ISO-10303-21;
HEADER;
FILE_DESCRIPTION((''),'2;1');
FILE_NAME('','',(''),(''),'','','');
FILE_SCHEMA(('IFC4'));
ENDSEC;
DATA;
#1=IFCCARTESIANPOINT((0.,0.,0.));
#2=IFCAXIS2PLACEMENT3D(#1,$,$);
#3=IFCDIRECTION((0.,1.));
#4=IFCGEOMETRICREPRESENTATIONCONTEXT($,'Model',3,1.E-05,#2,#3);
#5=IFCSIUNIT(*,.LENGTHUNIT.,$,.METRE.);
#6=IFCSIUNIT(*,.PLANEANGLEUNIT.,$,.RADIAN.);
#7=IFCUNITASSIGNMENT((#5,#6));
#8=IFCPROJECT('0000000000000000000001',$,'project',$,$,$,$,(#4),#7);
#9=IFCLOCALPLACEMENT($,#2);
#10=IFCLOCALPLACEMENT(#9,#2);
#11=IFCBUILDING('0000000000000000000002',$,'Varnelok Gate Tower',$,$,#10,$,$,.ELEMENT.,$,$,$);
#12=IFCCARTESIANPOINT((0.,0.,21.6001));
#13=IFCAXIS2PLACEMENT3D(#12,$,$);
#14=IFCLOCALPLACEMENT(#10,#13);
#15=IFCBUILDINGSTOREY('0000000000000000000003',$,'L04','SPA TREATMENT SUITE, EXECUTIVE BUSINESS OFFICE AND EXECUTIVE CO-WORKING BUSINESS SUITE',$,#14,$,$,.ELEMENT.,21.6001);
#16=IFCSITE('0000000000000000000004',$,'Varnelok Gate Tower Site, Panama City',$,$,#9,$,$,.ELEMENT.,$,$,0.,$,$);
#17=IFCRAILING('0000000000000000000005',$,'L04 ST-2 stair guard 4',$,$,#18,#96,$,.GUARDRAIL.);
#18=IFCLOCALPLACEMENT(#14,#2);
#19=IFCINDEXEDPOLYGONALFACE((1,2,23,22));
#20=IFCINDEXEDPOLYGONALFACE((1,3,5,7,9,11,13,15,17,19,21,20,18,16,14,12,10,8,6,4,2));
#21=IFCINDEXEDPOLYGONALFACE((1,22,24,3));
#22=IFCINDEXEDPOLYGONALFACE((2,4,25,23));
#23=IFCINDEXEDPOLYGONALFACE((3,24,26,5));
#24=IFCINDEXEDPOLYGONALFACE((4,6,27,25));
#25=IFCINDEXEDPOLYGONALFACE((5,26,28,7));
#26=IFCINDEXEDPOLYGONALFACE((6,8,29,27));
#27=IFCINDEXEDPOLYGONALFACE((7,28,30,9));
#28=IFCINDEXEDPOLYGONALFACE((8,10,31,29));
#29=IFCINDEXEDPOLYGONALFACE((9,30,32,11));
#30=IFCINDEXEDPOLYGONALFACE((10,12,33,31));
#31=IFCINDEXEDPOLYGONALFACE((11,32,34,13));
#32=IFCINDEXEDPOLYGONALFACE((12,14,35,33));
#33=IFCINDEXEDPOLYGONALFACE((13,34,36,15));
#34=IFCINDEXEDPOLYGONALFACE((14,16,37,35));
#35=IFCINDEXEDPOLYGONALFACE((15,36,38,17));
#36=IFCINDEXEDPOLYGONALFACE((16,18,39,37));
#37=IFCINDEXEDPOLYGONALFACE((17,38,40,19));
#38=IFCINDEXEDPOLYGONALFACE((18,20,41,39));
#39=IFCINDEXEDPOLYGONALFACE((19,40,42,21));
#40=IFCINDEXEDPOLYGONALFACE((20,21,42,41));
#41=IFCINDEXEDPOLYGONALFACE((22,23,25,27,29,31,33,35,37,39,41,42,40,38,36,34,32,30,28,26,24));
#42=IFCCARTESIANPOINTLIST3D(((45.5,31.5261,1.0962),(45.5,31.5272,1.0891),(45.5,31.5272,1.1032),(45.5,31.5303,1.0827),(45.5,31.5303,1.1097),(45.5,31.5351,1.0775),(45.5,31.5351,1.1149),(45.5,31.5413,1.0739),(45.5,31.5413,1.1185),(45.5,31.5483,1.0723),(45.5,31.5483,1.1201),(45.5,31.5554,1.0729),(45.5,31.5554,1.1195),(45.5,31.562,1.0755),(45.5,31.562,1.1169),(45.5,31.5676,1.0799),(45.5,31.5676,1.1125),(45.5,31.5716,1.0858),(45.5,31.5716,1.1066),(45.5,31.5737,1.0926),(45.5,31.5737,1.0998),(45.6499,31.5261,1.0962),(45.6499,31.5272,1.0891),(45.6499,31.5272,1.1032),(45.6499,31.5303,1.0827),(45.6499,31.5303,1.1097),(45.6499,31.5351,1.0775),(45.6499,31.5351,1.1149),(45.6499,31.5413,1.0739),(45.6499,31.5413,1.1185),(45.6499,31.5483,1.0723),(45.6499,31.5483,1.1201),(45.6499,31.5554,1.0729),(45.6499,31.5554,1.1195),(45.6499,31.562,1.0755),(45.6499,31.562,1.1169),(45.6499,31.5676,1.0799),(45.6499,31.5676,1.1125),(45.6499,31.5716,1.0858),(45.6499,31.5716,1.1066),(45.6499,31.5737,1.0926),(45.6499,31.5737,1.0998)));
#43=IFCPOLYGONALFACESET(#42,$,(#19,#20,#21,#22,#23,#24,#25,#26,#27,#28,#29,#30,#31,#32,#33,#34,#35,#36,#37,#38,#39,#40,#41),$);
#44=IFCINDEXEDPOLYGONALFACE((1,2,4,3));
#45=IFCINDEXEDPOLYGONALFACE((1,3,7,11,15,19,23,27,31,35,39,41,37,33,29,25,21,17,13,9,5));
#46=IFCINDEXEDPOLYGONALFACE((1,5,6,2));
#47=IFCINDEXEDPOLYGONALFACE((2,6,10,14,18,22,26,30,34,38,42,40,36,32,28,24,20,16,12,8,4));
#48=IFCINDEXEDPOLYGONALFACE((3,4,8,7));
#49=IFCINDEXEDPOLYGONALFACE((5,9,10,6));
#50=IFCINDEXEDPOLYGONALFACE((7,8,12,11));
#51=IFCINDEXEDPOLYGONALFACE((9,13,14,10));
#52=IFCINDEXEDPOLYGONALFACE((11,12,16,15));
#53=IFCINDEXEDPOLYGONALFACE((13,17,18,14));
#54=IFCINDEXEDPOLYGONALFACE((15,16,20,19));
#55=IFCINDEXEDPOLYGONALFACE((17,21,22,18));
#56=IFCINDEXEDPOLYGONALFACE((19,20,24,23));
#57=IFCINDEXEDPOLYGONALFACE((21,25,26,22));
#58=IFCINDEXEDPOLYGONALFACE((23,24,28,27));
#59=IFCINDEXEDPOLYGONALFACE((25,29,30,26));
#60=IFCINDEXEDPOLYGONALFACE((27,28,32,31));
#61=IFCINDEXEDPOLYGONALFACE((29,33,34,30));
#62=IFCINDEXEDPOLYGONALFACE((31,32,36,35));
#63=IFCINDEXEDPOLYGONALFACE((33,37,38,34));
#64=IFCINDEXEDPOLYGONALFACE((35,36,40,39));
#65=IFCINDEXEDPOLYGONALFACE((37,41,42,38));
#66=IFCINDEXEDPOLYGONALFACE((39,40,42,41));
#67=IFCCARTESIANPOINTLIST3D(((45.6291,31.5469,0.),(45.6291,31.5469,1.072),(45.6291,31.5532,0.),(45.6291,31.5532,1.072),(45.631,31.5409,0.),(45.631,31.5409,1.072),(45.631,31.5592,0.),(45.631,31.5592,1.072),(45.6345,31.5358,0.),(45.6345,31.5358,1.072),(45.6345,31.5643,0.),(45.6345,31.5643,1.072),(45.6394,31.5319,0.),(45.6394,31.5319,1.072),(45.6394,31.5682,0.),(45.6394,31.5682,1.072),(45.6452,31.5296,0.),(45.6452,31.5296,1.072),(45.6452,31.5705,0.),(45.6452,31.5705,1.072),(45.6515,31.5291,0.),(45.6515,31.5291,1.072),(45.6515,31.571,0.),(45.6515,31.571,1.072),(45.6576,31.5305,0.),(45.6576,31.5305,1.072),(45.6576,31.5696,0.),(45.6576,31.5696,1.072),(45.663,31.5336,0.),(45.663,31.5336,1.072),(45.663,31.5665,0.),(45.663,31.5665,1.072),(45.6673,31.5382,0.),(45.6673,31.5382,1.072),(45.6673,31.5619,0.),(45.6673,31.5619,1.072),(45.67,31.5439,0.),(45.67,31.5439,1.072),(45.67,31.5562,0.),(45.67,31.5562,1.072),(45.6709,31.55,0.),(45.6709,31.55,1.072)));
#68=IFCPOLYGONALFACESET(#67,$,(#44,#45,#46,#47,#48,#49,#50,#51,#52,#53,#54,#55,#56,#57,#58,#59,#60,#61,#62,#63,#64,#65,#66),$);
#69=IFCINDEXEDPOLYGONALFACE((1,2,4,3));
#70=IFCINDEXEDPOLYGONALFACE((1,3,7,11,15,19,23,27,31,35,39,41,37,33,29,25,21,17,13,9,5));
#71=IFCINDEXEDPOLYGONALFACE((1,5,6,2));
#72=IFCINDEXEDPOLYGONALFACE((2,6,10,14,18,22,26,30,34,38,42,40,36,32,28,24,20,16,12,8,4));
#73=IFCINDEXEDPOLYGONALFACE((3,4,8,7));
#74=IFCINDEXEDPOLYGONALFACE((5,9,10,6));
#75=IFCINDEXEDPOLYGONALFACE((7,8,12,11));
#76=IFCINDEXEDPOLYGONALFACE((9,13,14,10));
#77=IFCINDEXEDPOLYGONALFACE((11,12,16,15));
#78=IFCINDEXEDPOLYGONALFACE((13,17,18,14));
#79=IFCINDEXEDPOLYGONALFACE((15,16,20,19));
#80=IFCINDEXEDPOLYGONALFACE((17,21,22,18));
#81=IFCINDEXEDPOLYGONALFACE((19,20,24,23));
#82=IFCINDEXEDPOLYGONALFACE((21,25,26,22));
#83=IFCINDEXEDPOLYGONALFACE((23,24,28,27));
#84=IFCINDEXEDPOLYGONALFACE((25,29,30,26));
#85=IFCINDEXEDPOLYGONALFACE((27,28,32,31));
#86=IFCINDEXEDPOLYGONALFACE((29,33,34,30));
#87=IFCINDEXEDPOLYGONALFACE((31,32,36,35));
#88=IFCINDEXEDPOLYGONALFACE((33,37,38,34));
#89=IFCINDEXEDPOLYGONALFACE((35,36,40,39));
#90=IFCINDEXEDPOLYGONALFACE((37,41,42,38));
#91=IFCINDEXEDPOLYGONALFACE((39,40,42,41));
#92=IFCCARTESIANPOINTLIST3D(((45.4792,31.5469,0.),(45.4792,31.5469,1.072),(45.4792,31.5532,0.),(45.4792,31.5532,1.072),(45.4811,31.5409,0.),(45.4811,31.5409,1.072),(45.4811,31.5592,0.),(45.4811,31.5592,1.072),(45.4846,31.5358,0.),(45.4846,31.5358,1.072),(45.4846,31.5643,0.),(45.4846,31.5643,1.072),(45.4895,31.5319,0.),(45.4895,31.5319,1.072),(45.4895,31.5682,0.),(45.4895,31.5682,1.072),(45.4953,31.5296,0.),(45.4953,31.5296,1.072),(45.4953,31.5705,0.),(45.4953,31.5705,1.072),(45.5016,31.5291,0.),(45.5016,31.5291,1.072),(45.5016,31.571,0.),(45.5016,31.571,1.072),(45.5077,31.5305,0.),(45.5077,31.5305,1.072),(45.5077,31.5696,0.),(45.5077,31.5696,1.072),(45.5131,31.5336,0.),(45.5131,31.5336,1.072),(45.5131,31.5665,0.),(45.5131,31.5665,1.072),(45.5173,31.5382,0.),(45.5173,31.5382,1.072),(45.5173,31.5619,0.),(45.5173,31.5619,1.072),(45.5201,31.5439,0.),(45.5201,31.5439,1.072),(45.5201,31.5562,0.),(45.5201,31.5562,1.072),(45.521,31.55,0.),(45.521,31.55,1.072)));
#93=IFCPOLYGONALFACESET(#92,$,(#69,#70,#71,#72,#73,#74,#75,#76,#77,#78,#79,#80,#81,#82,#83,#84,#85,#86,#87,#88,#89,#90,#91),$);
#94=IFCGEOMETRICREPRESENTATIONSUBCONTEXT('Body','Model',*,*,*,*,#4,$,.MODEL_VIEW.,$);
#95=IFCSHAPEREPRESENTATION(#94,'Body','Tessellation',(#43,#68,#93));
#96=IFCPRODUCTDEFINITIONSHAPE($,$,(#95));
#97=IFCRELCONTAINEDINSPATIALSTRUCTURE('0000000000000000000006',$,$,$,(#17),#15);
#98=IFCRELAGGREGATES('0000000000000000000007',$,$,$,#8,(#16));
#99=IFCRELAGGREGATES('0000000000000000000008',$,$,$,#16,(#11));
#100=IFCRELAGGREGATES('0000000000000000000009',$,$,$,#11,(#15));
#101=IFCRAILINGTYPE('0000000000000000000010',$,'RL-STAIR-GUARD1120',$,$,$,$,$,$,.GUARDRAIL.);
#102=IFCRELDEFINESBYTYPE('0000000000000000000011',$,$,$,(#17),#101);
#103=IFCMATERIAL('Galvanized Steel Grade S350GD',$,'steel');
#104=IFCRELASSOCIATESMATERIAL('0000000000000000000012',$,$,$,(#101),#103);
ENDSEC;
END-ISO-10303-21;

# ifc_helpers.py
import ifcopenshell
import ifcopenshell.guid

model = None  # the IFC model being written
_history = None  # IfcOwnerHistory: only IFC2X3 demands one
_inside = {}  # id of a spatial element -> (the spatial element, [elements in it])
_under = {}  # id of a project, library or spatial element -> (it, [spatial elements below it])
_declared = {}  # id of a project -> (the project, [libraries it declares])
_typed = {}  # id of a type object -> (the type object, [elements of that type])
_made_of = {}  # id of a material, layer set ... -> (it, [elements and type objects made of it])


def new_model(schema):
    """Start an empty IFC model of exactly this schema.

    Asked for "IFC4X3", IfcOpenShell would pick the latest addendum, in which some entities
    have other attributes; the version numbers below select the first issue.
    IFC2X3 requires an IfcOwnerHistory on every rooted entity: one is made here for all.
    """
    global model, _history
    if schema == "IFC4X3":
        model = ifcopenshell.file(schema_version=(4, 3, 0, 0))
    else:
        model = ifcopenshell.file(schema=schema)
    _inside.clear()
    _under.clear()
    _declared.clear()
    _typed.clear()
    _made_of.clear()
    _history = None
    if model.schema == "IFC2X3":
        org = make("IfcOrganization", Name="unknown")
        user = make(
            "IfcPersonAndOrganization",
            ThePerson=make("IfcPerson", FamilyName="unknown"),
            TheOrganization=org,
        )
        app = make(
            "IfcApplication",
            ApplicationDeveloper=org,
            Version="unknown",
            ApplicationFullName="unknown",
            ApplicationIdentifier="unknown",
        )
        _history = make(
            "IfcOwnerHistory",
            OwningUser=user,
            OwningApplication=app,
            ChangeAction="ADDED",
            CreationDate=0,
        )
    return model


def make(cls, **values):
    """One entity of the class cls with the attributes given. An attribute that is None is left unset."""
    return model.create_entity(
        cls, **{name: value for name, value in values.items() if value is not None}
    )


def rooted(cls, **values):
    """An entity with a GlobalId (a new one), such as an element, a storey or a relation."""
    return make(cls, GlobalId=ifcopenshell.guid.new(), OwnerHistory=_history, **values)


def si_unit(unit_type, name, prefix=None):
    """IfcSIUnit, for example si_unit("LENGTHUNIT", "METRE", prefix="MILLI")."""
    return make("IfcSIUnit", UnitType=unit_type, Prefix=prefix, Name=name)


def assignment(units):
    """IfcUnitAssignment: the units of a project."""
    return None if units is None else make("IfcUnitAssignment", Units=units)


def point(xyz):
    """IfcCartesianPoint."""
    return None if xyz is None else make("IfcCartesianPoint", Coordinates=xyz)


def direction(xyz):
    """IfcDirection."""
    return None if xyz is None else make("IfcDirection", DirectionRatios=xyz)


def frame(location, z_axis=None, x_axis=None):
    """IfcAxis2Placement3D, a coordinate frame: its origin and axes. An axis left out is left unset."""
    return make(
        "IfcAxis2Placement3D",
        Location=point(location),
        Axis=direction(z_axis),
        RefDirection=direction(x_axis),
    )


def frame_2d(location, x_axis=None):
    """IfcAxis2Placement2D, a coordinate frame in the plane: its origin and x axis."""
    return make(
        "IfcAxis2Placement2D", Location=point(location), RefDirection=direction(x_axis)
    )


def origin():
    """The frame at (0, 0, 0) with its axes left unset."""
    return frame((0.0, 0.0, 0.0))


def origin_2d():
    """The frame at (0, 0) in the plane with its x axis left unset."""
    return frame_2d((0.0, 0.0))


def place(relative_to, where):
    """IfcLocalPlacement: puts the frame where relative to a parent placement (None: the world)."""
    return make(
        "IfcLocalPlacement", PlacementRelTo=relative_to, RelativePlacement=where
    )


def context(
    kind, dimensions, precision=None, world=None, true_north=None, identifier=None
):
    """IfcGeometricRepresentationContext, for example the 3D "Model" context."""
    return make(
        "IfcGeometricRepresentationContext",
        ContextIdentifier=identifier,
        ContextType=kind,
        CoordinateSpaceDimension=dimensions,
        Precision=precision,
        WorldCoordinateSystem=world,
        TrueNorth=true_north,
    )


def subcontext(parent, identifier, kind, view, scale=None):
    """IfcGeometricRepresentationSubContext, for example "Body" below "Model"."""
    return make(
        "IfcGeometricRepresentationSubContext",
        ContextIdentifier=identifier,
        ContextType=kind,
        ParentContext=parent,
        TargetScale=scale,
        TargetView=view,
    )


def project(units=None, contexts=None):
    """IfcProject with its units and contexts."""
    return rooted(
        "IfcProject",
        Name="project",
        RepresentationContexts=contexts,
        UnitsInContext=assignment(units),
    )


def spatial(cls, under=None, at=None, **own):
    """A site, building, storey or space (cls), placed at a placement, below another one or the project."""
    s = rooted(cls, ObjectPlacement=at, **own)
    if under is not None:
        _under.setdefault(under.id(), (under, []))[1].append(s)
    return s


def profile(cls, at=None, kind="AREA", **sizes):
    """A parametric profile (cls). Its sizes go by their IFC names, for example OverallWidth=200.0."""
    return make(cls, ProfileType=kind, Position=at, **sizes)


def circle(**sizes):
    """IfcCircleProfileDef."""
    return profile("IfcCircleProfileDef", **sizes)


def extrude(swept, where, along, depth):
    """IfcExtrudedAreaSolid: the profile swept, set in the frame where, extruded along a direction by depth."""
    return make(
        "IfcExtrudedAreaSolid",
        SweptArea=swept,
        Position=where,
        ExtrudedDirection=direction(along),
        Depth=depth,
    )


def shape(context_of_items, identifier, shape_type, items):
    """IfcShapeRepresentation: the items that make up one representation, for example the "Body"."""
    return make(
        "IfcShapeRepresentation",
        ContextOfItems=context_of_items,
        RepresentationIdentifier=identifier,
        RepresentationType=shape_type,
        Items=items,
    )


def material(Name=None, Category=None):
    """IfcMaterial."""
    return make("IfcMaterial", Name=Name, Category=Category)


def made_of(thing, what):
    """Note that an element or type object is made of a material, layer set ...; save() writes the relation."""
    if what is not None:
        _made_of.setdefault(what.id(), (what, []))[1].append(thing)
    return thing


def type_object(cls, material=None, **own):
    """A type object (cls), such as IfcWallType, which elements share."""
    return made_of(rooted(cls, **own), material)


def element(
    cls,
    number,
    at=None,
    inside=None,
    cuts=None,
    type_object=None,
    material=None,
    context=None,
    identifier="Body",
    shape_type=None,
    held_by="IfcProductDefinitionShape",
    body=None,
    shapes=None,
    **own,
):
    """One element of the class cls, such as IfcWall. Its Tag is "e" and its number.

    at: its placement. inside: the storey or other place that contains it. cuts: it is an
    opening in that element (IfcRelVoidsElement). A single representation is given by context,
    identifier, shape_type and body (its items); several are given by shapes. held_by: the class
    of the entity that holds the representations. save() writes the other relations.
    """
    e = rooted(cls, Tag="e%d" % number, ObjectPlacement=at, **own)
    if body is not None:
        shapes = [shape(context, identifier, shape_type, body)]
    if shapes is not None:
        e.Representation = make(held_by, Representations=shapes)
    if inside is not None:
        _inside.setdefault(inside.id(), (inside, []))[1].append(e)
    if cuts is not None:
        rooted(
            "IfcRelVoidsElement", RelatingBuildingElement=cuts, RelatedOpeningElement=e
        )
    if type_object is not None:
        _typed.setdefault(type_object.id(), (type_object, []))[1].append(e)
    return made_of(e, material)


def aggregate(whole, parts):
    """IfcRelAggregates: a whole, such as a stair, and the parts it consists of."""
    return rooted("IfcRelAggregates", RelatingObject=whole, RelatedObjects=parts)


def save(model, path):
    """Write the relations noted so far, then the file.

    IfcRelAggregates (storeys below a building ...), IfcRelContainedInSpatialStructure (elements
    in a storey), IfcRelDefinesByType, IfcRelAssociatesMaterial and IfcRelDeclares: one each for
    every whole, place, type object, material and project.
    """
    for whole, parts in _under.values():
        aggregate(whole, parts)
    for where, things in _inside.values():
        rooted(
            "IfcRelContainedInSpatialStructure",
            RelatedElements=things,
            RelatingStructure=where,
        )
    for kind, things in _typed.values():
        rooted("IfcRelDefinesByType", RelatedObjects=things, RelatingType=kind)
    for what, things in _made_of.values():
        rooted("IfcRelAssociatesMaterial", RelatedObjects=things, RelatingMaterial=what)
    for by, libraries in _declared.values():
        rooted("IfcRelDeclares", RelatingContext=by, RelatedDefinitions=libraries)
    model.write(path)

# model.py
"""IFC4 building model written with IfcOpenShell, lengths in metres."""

from ifc_helpers import new_model, si_unit, direction, frame, origin, origin_2d, place, context, subcontext, project, spatial, circle, extrude, material, type_object, element, save


model = new_model("IFC4")

# Units and contexts
model_context = context("Model", 3, precision=1e-05, world=origin(), true_north=direction((0.0, 1.0)))
body_context = subcontext(model_context, "Body", "Model", "MODEL_VIEW")
ifc_project = project(units=[si_unit("LENGTHUNIT", "METRE"), si_unit("PLANEANGLEUNIT", "RADIAN")], contexts=[model_context])

# Site, building, storey
site_placement = place(None, origin())
site = spatial("IfcSite", under=ifc_project, at=site_placement, Name="Varnelok Gate Tower Site, Panama City", CompositionType="ELEMENT", RefElevation=0.0)
building_placement = place(site_placement, origin())
building = spatial("IfcBuilding", under=site, at=building_placement, Name="Varnelok Gate Tower", CompositionType="ELEMENT")
storey_placement = place(building_placement, frame((0.0, 0.0, 21.6001)))
storey = spatial("IfcBuildingStorey", under=building, at=storey_placement, Name="L04", Description="SPA TREATMENT SUITE, EXECUTIVE BUSINESS OFFICE AND EXECUTIVE CO-WORKING BUSINESS SUITE", CompositionType="ELEMENT", Elevation=21.6001)

# Shared definitions
ifc_material_1 = material(Name="Galvanized Steel Grade S350GD", Category="steel")

# Railing
railing_type_1 = type_object("IfcRailingType", Name="RL-STAIR-GUARD1120", PredefinedType="GUARDRAIL", material=ifc_material_1)
railing_1_placement = place(storey_placement, frame((45.6499, 31.55, 0.0)))
element("IfcRailing", 1, at=railing_1_placement, inside=storey, type_object=railing_type_1, Name="L04 ST-2 stair guard 4", PredefinedType="GUARDRAIL", context=body_context, shape_type="SweptSolid", body=[
    extrude(circle(Radius=0.0239, at=origin_2d()), frame((0.0, 0.0, 1.0962), z_axis=(-1.0, 0.0, 0.0), x_axis=(0.0, -1.0, 0.0)), (0.0, 0.0, 1.0), 0.1499),
    extrude(circle(Radius=0.021, at=origin_2d()), origin(), (0.0, 0.0, 1.0), 1.072),
    extrude(circle(Radius=0.021, at=origin_2d()), frame((-0.1499, 0.0, 0.0)), (0.0, 0.0, 1.0), 1.072),
])

save(model, "model.ifc")
